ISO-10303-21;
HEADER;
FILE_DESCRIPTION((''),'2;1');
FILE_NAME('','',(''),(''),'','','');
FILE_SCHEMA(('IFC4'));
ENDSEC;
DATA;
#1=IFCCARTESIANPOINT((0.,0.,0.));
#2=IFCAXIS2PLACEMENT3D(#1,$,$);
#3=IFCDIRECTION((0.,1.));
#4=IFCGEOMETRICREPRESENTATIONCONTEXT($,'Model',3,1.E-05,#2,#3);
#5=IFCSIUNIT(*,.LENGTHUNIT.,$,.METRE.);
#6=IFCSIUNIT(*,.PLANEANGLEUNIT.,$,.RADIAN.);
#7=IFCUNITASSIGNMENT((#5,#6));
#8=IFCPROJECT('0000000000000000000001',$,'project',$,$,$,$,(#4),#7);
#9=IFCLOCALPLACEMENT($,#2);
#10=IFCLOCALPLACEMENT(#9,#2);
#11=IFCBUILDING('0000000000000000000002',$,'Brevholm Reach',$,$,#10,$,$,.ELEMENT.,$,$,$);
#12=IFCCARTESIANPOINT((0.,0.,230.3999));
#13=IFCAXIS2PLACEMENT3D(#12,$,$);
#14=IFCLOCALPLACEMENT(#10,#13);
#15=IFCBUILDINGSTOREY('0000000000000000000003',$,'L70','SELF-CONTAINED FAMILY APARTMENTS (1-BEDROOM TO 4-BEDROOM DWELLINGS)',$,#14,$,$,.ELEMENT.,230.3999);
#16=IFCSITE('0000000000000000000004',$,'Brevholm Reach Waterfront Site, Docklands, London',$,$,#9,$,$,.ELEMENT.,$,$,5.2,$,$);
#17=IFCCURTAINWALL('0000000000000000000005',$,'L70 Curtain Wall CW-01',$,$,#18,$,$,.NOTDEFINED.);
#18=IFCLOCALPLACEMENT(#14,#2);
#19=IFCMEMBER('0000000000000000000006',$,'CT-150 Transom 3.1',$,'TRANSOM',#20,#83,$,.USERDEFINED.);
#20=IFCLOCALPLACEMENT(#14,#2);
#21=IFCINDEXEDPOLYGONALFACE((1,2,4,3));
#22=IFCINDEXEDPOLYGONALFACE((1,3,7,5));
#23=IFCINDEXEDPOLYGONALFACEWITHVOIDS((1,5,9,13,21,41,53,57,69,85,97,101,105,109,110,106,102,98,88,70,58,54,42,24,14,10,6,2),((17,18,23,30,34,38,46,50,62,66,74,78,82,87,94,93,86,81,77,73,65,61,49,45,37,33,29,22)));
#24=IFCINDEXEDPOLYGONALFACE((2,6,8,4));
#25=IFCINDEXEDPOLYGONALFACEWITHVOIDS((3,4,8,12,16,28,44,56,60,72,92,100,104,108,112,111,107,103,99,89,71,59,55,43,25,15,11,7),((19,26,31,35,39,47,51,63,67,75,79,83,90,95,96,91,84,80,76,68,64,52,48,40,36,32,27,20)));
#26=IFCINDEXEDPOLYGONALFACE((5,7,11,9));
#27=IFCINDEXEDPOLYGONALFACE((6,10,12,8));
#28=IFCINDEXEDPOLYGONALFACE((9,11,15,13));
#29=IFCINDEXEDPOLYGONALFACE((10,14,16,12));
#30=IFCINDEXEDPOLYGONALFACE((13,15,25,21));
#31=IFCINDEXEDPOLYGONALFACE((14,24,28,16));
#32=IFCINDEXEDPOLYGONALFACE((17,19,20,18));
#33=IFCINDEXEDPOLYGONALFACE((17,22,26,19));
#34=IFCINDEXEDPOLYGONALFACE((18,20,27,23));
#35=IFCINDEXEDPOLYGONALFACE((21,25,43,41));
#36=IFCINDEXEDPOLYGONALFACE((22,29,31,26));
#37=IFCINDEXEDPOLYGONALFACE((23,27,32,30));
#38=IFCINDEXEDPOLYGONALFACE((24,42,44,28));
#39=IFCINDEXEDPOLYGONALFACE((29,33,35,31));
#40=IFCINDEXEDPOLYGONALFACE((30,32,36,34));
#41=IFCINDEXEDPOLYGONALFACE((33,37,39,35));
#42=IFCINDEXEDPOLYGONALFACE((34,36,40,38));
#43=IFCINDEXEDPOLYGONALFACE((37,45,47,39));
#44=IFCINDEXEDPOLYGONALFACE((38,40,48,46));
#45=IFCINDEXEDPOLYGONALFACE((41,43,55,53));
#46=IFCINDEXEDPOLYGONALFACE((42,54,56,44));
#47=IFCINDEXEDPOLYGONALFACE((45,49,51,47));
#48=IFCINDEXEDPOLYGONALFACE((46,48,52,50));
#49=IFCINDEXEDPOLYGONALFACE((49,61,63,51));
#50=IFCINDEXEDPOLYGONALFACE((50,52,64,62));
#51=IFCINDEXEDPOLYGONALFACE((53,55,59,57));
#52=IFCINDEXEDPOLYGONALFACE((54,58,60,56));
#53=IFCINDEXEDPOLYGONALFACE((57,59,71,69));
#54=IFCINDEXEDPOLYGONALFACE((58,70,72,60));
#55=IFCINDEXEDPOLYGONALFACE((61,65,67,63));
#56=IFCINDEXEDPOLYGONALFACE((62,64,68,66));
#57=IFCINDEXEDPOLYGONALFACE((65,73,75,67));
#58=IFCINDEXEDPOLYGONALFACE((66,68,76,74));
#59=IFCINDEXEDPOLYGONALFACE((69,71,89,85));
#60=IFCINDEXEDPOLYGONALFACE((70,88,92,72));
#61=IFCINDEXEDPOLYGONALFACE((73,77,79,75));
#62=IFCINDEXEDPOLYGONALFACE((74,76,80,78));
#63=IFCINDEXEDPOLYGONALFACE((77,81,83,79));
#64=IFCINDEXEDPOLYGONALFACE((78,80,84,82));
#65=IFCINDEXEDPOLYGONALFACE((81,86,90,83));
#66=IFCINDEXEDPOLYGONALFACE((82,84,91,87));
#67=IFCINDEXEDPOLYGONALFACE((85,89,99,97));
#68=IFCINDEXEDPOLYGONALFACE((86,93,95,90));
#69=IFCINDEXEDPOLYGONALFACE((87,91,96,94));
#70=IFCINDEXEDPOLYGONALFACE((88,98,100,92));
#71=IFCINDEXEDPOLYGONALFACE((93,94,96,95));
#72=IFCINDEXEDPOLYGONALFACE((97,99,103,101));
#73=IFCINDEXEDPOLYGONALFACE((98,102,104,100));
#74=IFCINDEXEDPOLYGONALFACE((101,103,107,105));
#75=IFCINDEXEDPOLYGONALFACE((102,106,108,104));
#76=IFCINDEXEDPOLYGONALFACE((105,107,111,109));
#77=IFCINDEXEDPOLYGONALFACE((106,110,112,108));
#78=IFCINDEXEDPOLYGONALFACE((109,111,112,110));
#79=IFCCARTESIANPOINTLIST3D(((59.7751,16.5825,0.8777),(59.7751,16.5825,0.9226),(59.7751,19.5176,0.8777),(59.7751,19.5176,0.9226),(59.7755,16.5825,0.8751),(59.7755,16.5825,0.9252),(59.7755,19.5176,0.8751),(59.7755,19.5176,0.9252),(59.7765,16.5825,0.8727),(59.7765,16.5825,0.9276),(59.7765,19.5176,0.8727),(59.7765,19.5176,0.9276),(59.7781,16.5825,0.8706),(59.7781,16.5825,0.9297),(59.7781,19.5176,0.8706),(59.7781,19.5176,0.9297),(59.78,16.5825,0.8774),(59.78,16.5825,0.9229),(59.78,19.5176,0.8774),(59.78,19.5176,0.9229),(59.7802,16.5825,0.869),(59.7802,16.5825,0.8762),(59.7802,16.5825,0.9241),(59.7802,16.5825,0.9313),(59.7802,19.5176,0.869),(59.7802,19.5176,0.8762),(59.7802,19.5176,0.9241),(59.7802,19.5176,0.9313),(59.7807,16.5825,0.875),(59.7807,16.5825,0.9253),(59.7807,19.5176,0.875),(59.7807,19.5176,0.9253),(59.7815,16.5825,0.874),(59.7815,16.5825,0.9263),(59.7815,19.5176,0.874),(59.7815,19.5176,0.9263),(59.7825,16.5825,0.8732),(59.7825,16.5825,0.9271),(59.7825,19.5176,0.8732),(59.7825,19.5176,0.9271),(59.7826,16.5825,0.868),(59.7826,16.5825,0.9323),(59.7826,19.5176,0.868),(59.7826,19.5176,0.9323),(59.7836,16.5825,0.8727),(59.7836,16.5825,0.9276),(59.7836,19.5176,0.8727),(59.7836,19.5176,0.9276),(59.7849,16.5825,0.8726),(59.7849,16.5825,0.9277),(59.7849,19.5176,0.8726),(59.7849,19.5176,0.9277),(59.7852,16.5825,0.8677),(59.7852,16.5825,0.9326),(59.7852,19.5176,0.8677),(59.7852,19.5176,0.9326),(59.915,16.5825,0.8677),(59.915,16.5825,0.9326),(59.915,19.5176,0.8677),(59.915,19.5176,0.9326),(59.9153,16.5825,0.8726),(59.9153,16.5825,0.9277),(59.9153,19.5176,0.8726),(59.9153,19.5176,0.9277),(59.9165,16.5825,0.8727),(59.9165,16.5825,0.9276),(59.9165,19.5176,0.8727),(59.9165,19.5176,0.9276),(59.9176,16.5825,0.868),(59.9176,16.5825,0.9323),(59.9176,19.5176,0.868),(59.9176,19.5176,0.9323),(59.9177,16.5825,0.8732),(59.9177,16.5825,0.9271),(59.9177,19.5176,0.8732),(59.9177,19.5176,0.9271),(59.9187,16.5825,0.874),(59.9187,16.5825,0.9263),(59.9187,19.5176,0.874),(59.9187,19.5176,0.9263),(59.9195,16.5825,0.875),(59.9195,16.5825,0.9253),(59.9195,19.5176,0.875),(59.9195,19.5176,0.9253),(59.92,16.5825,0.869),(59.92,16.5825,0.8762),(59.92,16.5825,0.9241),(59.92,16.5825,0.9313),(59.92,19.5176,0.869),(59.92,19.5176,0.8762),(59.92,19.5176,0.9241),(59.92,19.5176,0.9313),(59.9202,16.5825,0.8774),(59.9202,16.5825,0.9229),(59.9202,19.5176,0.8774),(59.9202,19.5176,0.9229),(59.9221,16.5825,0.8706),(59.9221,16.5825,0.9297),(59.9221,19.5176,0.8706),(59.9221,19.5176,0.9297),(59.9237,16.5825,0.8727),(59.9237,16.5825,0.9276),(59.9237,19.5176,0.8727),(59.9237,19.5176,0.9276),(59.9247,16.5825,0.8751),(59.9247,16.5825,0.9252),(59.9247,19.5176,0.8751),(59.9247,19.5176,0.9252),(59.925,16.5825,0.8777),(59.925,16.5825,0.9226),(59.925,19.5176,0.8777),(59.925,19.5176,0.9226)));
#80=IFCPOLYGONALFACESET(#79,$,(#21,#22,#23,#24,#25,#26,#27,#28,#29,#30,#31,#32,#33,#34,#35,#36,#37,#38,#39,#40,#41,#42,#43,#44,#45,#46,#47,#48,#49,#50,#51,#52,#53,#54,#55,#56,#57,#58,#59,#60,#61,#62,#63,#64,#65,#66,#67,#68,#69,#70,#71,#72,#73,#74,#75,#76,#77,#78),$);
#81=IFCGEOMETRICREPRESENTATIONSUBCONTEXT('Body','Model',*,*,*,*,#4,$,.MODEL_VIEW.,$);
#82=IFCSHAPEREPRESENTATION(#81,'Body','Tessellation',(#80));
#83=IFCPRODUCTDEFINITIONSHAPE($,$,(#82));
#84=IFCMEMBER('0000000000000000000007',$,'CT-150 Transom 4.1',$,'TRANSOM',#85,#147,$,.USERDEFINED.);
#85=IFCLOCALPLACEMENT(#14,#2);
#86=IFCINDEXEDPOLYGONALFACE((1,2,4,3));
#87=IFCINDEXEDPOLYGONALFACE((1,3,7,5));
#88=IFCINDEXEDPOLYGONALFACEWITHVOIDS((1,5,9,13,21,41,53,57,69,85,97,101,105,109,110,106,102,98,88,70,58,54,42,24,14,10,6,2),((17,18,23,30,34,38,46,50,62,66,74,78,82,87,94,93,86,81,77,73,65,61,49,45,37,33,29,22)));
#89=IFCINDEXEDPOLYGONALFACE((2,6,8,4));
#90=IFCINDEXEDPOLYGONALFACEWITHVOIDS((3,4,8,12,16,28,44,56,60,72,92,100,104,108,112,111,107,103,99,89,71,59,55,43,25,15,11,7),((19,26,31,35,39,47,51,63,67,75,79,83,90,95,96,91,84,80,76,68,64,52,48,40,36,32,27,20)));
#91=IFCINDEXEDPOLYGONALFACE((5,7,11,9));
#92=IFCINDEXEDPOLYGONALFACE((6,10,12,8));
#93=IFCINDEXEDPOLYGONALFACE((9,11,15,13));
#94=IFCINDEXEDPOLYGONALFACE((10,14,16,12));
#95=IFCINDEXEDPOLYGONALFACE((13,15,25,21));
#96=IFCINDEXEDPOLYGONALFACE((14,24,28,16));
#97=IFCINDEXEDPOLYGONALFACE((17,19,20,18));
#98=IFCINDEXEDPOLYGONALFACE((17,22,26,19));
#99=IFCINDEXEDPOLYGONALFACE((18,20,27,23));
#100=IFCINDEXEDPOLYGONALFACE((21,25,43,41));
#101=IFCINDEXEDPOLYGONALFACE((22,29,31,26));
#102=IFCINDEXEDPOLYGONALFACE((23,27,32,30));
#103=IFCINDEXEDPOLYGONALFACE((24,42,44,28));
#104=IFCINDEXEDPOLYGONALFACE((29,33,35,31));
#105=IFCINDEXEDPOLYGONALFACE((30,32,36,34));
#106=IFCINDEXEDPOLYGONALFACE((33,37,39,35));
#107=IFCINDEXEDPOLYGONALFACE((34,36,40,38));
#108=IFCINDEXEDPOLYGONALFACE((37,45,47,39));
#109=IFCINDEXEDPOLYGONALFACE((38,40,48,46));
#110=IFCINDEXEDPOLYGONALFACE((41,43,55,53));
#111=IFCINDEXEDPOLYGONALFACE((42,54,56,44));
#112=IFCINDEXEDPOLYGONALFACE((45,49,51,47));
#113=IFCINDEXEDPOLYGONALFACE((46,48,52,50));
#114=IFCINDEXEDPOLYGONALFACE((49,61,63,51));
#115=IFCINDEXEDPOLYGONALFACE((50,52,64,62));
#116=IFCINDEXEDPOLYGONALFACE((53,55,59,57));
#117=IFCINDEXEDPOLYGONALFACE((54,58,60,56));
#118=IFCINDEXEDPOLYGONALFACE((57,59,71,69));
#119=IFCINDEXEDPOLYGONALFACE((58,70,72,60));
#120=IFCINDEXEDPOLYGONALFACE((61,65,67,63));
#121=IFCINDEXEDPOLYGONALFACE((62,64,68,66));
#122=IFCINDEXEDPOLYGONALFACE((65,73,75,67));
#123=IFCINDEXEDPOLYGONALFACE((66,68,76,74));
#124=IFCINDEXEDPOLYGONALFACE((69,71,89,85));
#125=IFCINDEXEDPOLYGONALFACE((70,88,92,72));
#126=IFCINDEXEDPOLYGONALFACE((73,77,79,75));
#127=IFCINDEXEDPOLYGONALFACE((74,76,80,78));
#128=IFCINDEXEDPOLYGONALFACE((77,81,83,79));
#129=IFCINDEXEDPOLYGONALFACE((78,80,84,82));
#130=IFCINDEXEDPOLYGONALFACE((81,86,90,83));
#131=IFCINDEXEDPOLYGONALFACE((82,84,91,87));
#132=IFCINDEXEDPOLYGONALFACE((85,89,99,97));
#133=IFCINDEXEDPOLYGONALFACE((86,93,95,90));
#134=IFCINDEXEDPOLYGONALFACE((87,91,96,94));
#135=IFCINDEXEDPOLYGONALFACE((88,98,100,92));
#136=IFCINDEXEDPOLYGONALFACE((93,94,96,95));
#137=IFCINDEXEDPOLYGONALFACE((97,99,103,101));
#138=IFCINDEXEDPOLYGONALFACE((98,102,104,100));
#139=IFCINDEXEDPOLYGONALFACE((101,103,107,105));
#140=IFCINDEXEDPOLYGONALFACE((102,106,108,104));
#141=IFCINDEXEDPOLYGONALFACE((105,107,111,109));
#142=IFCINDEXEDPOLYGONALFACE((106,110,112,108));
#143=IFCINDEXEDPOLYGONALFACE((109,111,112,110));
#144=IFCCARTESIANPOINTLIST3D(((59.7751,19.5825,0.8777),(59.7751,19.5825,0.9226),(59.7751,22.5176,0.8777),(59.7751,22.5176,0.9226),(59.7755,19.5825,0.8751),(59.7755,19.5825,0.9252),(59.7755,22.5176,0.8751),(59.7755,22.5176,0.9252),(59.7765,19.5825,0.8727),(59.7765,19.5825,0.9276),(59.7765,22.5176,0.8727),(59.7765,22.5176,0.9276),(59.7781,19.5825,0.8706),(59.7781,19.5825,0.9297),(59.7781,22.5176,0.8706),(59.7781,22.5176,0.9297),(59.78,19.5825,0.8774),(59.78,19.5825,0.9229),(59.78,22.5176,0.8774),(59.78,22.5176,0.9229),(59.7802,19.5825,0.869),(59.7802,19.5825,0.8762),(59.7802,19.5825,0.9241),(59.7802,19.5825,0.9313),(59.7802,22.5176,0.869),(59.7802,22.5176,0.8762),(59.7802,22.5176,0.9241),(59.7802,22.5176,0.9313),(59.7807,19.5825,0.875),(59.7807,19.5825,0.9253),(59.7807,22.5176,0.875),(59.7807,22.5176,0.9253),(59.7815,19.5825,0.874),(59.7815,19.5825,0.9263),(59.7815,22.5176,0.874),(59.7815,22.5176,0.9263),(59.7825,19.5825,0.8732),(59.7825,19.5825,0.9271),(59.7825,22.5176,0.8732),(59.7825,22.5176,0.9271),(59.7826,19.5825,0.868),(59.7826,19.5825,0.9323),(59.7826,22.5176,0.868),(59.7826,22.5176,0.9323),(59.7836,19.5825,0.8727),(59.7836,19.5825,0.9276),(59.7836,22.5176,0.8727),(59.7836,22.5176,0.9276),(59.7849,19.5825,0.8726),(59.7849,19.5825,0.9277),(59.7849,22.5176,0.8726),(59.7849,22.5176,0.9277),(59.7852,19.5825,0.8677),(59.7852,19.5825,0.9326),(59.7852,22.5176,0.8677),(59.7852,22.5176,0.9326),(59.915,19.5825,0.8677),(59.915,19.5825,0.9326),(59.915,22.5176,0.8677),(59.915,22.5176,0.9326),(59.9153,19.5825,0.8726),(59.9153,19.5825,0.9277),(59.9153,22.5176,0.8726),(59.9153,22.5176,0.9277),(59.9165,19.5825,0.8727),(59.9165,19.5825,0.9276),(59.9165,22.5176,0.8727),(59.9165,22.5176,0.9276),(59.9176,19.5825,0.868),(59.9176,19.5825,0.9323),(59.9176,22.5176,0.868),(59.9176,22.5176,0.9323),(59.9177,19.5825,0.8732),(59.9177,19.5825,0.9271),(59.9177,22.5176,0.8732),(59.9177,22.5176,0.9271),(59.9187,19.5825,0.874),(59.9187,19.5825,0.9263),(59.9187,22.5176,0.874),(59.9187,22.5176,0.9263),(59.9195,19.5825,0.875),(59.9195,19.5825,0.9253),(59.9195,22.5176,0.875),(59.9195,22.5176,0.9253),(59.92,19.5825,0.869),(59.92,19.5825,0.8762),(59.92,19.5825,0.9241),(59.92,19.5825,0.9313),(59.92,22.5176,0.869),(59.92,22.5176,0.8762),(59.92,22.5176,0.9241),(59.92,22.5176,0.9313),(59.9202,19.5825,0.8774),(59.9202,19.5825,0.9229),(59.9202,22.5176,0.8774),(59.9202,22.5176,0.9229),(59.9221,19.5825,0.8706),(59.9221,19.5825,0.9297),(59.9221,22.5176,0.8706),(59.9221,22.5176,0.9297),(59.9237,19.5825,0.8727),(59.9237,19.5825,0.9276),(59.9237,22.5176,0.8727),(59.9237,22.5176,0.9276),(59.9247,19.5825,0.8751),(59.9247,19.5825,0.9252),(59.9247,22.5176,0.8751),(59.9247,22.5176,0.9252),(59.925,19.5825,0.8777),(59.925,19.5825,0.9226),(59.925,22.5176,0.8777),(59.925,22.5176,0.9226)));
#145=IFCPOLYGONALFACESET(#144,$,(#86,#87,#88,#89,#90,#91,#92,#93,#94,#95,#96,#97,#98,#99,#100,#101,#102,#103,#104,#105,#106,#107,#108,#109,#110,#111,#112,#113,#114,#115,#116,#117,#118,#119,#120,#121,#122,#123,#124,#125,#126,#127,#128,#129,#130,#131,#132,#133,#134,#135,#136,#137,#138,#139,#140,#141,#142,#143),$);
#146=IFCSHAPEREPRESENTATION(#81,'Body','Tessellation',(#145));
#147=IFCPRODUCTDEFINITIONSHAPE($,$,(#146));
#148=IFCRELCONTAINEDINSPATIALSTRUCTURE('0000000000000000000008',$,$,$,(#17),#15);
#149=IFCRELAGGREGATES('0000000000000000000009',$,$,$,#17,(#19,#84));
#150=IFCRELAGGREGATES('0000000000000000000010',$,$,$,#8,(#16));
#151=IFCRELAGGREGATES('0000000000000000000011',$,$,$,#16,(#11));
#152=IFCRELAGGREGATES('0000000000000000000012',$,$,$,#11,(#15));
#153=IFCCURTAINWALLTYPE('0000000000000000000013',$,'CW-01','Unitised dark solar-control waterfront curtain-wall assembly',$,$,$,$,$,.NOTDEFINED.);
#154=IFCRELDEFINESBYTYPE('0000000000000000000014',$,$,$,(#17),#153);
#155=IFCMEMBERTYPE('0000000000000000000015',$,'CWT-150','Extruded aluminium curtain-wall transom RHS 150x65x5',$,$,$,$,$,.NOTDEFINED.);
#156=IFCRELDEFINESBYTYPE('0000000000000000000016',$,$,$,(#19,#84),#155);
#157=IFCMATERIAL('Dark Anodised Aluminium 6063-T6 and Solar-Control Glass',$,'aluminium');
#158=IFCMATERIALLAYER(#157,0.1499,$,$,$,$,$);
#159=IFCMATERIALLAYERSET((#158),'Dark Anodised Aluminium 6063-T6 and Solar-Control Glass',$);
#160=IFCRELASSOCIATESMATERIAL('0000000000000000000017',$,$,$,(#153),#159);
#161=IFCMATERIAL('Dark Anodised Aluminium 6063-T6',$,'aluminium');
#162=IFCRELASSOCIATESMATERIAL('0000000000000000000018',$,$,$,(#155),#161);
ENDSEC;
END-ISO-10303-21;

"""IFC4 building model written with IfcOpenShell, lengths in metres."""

from ifc_helpers import new_model, si_unit, direction, frame, origin, origin_2d, place, context, subcontext, project, spatial, hollow_rectangle, extrude, material, layer, layer_set, material_profile, profile_set, type_object, element, aggregate, save


model = new_model("IFC4")

# Units and contexts
model_context = context("Model", 3, precision=1e-05, world=origin(), true_north=direction((0.0, 1.0)))
body_context = subcontext(model_context, "Body", "Model", "MODEL_VIEW")
ifc_project = project(units=[si_unit("LENGTHUNIT", "METRE"), si_unit("PLANEANGLEUNIT", "RADIAN")], contexts=[model_context])

# Site, building, storey
site_placement = place(None, origin())
site = spatial("IfcSite", under=ifc_project, at=site_placement, Name="Brevholm Reach Waterfront Site, Docklands, London", CompositionType="ELEMENT", RefElevation=5.2)
building_placement = place(site_placement, origin())
building = spatial("IfcBuilding", under=site, at=building_placement, Name="Brevholm Reach", CompositionType="ELEMENT")
storey_placement = place(building_placement, frame((0.0, 0.0, 230.3999)))
storey = spatial("IfcBuildingStorey", under=building, at=storey_placement, Name="L70", Description="SELF-CONTAINED FAMILY APARTMENTS (1-BEDROOM TO 4-BEDROOM DWELLINGS)", CompositionType="ELEMENT", Elevation=230.3999)

# Curtain wall, members
ifc_material_1 = material(Name="Dark Anodised Aluminium 6063-T6 and Solar-Control Glass", Category="aluminium")
ifc_layer_1 = layer(ifc_material_1, 0.1499)
ifc_layer_set_1 = layer_set([ifc_layer_1], Name="Dark Anodised Aluminium 6063-T6 and Solar-Control Glass")
curtain_wall_type = type_object("IfcCurtainWallType", Name="CW-01", Description="Unitised dark solar-control waterfront curtain-wall assembly", PredefinedType="NOTDEFINED", material=ifc_layer_set_1)
curtain_wall_placement = place(storey_placement, origin())
curtain_wall = element("IfcCurtainWall", 1, at=curtain_wall_placement, inside=storey, type_object=curtain_wall_type, Name="L70 Curtain Wall CW-01", PredefinedType="NOTDEFINED")
ifc_material_2 = material(Name="Dark Anodised Aluminium 6063-T6", Category="aluminium")
ifc_material_profile_1 = material_profile(ifc_material_2, hollow_rectangle(XDim=0.0649, YDim=0.1499, WallThickness=0.0049, InnerFilletRadius=0.0049, OuterFilletRadius=0.01, at=origin_2d()), Name="RHS 150x65x5")
ifc_profile_set_1 = profile_set([ifc_material_profile_1], Name="Dark Anodised Aluminium 6063-T6")
member_type_1 = type_object("IfcMemberType", Name="CWT-150", Description="Extruded aluminium curtain-wall transom RHS 150x65x5", PredefinedType="NOTDEFINED", material=ifc_profile_set_1)
member_1_placement = place(storey_placement, frame((59.8501, 16.5825, 0.9001), z_axis=(0.0, 1.0, 0.0), x_axis=(0.0, 0.0, 1.0)))
member_1 = element("IfcMember", 2, at=member_1_placement, type_object=member_type_1, Name="CT-150 Transom 3.1", ObjectType="TRANSOM", PredefinedType="USERDEFINED", context=body_context, shape_type="SweptSolid", body=[
    extrude(hollow_rectangle(XDim=0.0649, YDim=0.1499, WallThickness=0.0049, InnerFilletRadius=0.0049, OuterFilletRadius=0.01, at=origin_2d()), origin(), (0.0, 0.0, 1.0), 2.9351),
])
member_2_placement = place(storey_placement, frame((59.8501, 19.5825, 0.9001), z_axis=(0.0, 1.0, 0.0), x_axis=(0.0, 0.0, 1.0)))
member_2 = element("IfcMember", 3, at=member_2_placement, type_object=member_type_1, Name="CT-150 Transom 4.1", ObjectType="TRANSOM", PredefinedType="USERDEFINED", context=body_context, shape_type="SweptSolid", body=[
    extrude(hollow_rectangle(XDim=0.0649, YDim=0.1499, WallThickness=0.0049, InnerFilletRadius=0.0049, OuterFilletRadius=0.01, at=origin_2d()), origin(), (0.0, 0.0, 1.0), 2.9351),
])
aggregate(curtain_wall, [member_1, member_2])

save(model, "model.ifc")
